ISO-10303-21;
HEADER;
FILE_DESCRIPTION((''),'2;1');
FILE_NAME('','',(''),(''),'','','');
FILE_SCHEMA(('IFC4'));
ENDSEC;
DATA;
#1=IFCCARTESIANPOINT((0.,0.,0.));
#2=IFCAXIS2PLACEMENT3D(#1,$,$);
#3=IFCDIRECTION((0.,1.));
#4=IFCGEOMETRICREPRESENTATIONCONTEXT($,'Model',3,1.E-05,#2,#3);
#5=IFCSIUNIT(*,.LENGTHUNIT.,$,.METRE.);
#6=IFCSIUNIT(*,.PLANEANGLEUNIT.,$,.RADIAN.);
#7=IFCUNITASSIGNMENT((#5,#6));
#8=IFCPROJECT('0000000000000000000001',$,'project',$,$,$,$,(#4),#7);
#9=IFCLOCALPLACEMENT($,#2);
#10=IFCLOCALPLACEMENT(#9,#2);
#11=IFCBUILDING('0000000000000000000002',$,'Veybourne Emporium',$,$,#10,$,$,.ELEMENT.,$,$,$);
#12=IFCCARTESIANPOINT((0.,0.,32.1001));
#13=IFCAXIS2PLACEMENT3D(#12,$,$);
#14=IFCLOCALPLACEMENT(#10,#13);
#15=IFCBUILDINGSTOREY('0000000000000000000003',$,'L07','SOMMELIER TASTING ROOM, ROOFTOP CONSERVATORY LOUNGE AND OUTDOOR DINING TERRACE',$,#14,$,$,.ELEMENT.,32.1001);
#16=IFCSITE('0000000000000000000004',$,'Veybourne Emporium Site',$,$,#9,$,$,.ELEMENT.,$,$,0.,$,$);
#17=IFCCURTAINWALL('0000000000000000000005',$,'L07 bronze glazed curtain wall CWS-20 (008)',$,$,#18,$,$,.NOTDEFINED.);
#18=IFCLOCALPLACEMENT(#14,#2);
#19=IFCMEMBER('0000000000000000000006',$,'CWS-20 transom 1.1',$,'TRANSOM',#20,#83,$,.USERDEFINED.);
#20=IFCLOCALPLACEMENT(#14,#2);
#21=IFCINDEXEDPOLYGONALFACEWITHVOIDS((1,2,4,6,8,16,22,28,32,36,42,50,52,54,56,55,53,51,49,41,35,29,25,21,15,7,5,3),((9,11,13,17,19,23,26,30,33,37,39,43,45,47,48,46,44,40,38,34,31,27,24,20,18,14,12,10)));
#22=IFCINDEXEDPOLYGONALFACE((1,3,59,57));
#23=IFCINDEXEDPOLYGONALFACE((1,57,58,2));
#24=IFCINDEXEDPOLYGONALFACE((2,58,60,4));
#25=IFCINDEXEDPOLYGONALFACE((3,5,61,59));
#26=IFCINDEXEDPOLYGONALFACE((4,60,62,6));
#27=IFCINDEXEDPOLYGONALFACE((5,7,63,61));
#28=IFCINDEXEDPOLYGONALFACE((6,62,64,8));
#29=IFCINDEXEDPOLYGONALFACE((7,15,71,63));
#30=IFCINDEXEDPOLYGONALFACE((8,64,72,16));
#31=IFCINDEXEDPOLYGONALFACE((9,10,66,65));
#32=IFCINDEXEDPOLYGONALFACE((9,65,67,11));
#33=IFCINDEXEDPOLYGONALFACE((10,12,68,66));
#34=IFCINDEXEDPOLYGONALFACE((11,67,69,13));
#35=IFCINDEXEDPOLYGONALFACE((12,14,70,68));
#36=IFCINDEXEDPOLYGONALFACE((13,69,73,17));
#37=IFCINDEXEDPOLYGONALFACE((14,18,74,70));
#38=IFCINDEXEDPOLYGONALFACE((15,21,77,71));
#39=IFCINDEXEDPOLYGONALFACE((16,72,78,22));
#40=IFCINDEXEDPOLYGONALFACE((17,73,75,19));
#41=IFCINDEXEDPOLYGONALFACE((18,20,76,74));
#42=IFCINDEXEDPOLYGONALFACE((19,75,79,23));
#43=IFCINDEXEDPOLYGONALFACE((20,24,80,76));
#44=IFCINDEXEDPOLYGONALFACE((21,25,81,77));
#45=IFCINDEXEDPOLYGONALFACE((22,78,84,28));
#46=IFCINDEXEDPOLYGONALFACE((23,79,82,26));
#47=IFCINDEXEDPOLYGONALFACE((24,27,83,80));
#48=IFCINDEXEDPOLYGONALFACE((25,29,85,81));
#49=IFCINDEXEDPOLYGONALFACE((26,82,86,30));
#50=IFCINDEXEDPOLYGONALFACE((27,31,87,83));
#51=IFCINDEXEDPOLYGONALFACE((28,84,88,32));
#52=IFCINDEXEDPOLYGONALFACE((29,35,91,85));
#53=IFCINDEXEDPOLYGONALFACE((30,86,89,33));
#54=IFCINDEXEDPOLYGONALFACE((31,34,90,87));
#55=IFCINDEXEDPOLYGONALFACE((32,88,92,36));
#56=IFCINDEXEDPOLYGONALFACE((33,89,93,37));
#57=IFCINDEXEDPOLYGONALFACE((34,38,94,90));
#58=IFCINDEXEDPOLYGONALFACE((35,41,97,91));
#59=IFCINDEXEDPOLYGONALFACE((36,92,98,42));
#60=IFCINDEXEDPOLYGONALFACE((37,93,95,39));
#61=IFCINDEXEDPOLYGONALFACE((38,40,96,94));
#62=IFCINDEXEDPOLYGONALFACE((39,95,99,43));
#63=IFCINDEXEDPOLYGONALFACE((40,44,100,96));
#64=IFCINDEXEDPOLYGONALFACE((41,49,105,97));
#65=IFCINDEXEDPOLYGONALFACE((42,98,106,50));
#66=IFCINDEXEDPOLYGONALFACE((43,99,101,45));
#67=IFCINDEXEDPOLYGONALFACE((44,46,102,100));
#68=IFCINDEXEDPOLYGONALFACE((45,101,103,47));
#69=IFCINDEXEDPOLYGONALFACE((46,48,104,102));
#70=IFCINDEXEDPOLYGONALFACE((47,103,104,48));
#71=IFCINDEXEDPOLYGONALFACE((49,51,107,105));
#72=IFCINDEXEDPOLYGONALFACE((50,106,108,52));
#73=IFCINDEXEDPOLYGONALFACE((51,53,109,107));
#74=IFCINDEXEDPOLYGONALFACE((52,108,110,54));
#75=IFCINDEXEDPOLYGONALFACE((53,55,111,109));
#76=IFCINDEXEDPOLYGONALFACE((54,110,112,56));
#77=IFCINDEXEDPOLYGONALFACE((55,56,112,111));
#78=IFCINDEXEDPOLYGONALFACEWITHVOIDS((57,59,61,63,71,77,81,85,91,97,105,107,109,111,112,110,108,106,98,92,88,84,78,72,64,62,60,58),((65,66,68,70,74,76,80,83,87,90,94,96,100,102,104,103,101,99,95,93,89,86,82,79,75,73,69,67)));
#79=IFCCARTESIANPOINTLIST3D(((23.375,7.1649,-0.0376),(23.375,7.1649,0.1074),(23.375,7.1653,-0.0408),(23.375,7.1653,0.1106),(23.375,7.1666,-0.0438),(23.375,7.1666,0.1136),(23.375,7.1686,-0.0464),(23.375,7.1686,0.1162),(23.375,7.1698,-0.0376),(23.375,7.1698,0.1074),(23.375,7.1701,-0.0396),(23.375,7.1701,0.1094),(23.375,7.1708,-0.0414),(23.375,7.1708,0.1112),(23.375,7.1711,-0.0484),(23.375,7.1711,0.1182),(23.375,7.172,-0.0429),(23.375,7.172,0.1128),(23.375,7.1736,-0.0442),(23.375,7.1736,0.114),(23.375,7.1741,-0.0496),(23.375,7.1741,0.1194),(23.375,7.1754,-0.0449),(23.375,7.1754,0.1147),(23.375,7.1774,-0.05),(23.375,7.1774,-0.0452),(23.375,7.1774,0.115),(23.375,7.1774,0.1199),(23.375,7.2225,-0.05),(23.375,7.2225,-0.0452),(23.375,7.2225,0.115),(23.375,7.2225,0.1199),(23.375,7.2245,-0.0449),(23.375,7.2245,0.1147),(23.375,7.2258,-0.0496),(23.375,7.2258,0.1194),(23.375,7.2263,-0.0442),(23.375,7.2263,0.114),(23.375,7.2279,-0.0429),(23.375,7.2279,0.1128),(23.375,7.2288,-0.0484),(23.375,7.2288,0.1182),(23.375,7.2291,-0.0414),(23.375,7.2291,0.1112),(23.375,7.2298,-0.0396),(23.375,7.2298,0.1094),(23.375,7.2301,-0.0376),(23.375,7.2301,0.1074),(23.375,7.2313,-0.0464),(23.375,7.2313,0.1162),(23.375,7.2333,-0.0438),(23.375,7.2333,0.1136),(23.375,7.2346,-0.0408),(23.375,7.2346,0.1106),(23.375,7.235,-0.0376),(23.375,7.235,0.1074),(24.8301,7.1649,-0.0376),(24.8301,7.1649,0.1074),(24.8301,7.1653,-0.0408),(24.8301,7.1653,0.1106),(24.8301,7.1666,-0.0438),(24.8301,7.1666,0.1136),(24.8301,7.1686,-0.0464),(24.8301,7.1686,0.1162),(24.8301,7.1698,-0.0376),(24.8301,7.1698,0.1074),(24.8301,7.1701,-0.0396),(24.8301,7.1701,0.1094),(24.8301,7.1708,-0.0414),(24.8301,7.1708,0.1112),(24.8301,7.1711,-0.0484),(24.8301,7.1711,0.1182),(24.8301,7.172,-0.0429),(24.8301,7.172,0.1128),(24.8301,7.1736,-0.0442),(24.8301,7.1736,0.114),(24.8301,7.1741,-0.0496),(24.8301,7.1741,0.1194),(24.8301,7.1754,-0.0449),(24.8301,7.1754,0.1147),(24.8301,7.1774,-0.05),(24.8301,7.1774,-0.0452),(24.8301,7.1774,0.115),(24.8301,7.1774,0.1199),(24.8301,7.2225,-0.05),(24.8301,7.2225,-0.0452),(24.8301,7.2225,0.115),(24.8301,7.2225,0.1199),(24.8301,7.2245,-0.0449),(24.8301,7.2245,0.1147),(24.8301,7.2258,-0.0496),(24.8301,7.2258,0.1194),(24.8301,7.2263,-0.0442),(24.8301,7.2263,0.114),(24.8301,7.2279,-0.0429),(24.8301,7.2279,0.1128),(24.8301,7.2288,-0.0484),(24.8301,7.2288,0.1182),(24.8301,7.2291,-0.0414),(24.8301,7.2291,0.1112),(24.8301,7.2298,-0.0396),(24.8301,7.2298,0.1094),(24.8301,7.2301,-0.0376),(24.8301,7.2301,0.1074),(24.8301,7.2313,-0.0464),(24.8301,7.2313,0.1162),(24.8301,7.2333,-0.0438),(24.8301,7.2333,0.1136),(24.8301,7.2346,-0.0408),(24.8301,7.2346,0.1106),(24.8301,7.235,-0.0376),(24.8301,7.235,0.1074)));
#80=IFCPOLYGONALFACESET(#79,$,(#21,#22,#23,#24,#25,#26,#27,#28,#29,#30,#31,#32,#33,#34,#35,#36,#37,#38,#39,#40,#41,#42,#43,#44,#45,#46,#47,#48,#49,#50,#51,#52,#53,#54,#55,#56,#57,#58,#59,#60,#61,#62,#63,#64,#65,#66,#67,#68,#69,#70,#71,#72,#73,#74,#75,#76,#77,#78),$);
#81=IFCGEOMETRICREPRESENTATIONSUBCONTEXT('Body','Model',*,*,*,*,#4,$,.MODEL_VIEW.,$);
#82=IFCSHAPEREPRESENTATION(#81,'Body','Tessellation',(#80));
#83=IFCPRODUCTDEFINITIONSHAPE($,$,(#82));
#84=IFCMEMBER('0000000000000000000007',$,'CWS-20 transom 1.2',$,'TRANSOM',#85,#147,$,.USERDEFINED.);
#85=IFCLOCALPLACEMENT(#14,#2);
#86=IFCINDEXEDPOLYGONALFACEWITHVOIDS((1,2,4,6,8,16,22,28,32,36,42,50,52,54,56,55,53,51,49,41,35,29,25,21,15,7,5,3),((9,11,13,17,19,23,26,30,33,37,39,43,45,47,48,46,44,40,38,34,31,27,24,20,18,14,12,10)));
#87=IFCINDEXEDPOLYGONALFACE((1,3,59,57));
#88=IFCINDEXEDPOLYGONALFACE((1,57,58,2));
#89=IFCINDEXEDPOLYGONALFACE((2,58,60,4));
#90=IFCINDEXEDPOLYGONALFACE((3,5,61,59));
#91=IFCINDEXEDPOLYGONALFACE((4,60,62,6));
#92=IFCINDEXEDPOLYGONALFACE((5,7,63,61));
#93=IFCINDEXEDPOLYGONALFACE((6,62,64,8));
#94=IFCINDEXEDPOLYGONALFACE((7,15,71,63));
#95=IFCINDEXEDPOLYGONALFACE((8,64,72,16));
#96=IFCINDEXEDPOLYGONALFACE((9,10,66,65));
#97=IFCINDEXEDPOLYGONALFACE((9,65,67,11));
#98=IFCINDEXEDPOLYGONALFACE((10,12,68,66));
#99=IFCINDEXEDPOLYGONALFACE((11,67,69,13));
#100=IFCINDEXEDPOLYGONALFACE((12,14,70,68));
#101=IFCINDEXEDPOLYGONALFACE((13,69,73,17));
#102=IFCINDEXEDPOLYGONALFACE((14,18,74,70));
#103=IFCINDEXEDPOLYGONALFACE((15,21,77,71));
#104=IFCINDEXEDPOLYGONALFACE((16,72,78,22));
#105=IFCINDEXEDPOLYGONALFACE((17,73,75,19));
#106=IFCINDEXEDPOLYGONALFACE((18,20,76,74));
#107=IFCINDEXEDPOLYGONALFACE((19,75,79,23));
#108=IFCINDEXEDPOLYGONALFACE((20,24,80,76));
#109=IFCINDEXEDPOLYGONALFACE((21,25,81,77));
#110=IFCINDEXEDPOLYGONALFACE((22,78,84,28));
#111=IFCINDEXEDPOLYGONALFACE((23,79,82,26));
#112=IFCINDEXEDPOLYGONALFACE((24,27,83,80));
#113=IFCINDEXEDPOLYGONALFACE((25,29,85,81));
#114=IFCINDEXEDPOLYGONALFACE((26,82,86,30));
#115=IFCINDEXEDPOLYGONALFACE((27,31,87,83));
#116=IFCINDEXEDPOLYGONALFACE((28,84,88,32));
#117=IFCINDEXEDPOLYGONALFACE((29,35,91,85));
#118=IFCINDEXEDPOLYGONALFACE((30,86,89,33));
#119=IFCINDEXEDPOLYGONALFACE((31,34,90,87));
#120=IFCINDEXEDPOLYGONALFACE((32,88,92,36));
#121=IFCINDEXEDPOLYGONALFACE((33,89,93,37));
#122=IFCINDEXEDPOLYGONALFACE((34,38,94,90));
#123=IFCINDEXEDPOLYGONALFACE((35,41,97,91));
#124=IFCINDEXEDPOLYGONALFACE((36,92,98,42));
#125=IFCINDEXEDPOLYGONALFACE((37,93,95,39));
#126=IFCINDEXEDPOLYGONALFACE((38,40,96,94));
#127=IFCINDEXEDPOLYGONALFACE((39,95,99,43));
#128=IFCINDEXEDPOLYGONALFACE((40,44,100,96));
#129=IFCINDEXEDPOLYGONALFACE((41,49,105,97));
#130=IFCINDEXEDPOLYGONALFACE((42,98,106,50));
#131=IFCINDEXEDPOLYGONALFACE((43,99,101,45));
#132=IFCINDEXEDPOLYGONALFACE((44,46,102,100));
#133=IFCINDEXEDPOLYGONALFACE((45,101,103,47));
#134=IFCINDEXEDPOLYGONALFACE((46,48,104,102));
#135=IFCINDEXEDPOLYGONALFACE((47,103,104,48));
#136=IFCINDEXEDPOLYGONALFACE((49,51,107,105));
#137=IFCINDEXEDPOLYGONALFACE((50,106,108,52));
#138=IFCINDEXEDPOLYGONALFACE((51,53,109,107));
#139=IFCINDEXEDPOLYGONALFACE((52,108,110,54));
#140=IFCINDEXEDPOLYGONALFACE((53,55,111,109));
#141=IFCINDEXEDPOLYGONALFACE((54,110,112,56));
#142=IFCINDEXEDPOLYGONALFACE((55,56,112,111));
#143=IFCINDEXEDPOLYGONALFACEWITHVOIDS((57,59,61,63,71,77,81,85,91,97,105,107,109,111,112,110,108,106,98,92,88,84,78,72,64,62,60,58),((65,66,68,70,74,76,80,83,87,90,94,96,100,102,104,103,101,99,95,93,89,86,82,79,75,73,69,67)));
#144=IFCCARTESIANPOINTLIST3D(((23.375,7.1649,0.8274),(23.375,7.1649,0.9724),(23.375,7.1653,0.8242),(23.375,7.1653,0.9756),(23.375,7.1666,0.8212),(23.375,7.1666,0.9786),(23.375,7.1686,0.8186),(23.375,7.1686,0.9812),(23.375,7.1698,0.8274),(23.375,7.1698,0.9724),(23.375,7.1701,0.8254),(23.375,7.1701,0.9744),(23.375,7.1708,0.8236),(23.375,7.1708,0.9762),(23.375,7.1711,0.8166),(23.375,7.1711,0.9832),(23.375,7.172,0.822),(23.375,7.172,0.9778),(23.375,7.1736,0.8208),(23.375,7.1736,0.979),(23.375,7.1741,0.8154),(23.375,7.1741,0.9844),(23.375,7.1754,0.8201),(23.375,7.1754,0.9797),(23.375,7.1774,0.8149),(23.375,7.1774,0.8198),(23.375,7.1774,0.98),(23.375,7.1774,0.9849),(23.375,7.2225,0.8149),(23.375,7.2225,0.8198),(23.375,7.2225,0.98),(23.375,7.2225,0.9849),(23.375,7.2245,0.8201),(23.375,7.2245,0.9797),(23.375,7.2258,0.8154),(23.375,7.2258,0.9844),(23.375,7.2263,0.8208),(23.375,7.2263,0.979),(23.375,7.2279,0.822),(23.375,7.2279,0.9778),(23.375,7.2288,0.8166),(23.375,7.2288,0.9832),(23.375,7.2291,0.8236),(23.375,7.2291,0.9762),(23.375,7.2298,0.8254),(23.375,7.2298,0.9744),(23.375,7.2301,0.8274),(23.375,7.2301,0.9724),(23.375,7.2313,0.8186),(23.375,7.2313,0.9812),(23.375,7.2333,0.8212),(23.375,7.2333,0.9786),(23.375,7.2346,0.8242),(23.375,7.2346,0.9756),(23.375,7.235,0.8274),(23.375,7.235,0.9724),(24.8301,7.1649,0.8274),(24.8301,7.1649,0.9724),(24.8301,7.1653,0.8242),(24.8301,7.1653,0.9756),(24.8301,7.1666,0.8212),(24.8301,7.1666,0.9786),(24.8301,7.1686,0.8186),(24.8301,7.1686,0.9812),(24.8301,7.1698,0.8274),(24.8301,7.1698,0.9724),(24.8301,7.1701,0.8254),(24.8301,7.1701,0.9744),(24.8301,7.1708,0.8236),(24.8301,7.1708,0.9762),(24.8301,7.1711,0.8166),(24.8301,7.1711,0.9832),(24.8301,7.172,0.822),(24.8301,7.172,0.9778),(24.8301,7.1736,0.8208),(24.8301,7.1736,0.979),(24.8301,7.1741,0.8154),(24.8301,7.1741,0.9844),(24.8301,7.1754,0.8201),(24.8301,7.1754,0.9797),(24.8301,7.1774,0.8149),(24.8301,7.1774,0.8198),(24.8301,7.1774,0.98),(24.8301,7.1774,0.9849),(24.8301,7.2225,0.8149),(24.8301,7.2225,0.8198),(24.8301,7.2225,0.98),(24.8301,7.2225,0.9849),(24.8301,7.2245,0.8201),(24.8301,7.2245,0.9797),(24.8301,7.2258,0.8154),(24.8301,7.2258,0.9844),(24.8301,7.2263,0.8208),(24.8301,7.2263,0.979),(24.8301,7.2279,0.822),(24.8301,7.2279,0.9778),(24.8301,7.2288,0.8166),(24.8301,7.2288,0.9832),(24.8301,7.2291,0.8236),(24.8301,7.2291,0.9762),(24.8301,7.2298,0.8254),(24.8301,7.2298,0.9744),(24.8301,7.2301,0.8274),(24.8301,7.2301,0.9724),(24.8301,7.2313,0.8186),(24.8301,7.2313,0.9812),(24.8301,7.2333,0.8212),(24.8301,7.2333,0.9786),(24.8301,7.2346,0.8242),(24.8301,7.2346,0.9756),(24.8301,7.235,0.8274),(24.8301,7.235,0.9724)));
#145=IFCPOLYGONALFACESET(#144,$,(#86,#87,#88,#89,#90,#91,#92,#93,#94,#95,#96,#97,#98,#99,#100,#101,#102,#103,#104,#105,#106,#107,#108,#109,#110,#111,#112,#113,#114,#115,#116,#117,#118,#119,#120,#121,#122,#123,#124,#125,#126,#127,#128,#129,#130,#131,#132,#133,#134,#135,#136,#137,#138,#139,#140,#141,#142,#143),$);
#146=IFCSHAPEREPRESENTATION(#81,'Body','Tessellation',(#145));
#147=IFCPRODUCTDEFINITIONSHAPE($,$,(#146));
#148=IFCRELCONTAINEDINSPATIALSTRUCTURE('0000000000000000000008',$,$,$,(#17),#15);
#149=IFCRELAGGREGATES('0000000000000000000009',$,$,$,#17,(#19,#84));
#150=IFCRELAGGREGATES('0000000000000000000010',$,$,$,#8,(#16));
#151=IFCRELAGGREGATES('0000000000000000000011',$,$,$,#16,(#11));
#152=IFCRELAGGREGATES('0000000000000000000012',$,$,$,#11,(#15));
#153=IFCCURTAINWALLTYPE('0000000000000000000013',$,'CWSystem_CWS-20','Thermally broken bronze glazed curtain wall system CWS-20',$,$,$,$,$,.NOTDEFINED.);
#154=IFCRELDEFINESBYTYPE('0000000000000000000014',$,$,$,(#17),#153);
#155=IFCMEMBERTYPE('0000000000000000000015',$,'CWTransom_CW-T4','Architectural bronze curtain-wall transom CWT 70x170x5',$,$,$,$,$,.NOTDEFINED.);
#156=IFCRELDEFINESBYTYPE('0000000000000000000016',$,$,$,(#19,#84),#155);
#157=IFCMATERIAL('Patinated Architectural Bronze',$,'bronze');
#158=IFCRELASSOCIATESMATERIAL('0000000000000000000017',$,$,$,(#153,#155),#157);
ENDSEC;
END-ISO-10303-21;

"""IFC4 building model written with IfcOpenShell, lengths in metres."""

from ifc_helpers import new_model, si_unit, direction, frame, origin, origin_2d, place, context, subcontext, project, spatial, hollow_rectangle, extrude, material, material_profile, profile_set, type_object, element, aggregate, save


model = new_model("IFC4")

# Units and contexts
model_context = context("Model", 3, precision=1e-05, world=origin(), true_north=direction((0.0, 1.0)))
body_context = subcontext(model_context, "Body", "Model", "MODEL_VIEW")
ifc_project = project(units=[si_unit("LENGTHUNIT", "METRE"), si_unit("PLANEANGLEUNIT", "RADIAN")], contexts=[model_context])

# Site, building, storey
site_placement = place(None, origin())
site = spatial("IfcSite", under=ifc_project, at=site_placement, Name="Veybourne Emporium Site", CompositionType="ELEMENT", RefElevation=0.0)
building_placement = place(site_placement, origin())
building = spatial("IfcBuilding", under=site, at=building_placement, Name="Veybourne Emporium", CompositionType="ELEMENT")
storey_placement = place(building_placement, frame((0.0, 0.0, 32.1001)))
storey = spatial("IfcBuildingStorey", under=building, at=storey_placement, Name="L07", Description="SOMMELIER TASTING ROOM, ROOFTOP CONSERVATORY LOUNGE AND OUTDOOR DINING TERRACE", CompositionType="ELEMENT", Elevation=32.1001)

# Curtain wall, members
ifc_material_1 = material(Name="Patinated Architectural Bronze", Category="bronze")
curtain_wall_type = type_object("IfcCurtainWallType", Name="CWSystem_CWS-20", Description="Thermally broken bronze glazed curtain wall system CWS-20", PredefinedType="NOTDEFINED", material=ifc_material_1)
curtain_wall_placement = place(storey_placement, origin())
curtain_wall = element("IfcCurtainWall", 1, at=curtain_wall_placement, inside=storey, type_object=curtain_wall_type, Name="L07 bronze glazed curtain wall CWS-20 (008)", PredefinedType="NOTDEFINED")
ifc_material_profile_1 = material_profile(ifc_material_1, hollow_rectangle(XDim=0.0701, YDim=0.1699, WallThickness=0.0049, InnerFilletRadius=0.0076, OuterFilletRadius=0.0125, at=origin_2d()), Name="CWT 70x170x5")
ifc_profile_set_1 = profile_set([ifc_material_profile_1], Name="Patinated Architectural Bronze")
member_type_1 = type_object("IfcMemberType", Name="CWTransom_CW-T4", Description="Architectural bronze curtain-wall transom CWT 70x170x5", PredefinedType="NOTDEFINED", material=ifc_profile_set_1)
member_1_placement = place(storey_placement, frame((24.8301, 7.2, 0.0349), z_axis=(-1.0, 0.0, 0.0), x_axis=(0.0, -1.0, 0.0)))
member_1 = element("IfcMember", 2, at=member_1_placement, type_object=member_type_1, Name="CWS-20 transom 1.1", ObjectType="TRANSOM", PredefinedType="USERDEFINED", context=body_context, shape_type="SweptSolid", body=[
    extrude(hollow_rectangle(XDim=0.0701, YDim=0.1699, WallThickness=0.0049, InnerFilletRadius=0.0076, OuterFilletRadius=0.0125, at=origin_2d()), origin(), (0.0, 0.0, 1.0), 1.4551),
])
member_2_placement = place(storey_placement, frame((24.8301, 7.2, 0.8999), z_axis=(-1.0, 0.0, 0.0), x_axis=(0.0, -1.0, 0.0)))
member_2 = element("IfcMember", 3, at=member_2_placement, type_object=member_type_1, Name="CWS-20 transom 1.2", ObjectType="TRANSOM", PredefinedType="USERDEFINED", context=body_context, shape_type="SweptSolid", body=[
    extrude(hollow_rectangle(XDim=0.0701, YDim=0.1699, WallThickness=0.0049, InnerFilletRadius=0.0076, OuterFilletRadius=0.0125, at=origin_2d()), origin(), (0.0, 0.0, 1.0), 1.4551),
])
aggregate(curtain_wall, [member_1, member_2])

save(model, "model.ifc")
